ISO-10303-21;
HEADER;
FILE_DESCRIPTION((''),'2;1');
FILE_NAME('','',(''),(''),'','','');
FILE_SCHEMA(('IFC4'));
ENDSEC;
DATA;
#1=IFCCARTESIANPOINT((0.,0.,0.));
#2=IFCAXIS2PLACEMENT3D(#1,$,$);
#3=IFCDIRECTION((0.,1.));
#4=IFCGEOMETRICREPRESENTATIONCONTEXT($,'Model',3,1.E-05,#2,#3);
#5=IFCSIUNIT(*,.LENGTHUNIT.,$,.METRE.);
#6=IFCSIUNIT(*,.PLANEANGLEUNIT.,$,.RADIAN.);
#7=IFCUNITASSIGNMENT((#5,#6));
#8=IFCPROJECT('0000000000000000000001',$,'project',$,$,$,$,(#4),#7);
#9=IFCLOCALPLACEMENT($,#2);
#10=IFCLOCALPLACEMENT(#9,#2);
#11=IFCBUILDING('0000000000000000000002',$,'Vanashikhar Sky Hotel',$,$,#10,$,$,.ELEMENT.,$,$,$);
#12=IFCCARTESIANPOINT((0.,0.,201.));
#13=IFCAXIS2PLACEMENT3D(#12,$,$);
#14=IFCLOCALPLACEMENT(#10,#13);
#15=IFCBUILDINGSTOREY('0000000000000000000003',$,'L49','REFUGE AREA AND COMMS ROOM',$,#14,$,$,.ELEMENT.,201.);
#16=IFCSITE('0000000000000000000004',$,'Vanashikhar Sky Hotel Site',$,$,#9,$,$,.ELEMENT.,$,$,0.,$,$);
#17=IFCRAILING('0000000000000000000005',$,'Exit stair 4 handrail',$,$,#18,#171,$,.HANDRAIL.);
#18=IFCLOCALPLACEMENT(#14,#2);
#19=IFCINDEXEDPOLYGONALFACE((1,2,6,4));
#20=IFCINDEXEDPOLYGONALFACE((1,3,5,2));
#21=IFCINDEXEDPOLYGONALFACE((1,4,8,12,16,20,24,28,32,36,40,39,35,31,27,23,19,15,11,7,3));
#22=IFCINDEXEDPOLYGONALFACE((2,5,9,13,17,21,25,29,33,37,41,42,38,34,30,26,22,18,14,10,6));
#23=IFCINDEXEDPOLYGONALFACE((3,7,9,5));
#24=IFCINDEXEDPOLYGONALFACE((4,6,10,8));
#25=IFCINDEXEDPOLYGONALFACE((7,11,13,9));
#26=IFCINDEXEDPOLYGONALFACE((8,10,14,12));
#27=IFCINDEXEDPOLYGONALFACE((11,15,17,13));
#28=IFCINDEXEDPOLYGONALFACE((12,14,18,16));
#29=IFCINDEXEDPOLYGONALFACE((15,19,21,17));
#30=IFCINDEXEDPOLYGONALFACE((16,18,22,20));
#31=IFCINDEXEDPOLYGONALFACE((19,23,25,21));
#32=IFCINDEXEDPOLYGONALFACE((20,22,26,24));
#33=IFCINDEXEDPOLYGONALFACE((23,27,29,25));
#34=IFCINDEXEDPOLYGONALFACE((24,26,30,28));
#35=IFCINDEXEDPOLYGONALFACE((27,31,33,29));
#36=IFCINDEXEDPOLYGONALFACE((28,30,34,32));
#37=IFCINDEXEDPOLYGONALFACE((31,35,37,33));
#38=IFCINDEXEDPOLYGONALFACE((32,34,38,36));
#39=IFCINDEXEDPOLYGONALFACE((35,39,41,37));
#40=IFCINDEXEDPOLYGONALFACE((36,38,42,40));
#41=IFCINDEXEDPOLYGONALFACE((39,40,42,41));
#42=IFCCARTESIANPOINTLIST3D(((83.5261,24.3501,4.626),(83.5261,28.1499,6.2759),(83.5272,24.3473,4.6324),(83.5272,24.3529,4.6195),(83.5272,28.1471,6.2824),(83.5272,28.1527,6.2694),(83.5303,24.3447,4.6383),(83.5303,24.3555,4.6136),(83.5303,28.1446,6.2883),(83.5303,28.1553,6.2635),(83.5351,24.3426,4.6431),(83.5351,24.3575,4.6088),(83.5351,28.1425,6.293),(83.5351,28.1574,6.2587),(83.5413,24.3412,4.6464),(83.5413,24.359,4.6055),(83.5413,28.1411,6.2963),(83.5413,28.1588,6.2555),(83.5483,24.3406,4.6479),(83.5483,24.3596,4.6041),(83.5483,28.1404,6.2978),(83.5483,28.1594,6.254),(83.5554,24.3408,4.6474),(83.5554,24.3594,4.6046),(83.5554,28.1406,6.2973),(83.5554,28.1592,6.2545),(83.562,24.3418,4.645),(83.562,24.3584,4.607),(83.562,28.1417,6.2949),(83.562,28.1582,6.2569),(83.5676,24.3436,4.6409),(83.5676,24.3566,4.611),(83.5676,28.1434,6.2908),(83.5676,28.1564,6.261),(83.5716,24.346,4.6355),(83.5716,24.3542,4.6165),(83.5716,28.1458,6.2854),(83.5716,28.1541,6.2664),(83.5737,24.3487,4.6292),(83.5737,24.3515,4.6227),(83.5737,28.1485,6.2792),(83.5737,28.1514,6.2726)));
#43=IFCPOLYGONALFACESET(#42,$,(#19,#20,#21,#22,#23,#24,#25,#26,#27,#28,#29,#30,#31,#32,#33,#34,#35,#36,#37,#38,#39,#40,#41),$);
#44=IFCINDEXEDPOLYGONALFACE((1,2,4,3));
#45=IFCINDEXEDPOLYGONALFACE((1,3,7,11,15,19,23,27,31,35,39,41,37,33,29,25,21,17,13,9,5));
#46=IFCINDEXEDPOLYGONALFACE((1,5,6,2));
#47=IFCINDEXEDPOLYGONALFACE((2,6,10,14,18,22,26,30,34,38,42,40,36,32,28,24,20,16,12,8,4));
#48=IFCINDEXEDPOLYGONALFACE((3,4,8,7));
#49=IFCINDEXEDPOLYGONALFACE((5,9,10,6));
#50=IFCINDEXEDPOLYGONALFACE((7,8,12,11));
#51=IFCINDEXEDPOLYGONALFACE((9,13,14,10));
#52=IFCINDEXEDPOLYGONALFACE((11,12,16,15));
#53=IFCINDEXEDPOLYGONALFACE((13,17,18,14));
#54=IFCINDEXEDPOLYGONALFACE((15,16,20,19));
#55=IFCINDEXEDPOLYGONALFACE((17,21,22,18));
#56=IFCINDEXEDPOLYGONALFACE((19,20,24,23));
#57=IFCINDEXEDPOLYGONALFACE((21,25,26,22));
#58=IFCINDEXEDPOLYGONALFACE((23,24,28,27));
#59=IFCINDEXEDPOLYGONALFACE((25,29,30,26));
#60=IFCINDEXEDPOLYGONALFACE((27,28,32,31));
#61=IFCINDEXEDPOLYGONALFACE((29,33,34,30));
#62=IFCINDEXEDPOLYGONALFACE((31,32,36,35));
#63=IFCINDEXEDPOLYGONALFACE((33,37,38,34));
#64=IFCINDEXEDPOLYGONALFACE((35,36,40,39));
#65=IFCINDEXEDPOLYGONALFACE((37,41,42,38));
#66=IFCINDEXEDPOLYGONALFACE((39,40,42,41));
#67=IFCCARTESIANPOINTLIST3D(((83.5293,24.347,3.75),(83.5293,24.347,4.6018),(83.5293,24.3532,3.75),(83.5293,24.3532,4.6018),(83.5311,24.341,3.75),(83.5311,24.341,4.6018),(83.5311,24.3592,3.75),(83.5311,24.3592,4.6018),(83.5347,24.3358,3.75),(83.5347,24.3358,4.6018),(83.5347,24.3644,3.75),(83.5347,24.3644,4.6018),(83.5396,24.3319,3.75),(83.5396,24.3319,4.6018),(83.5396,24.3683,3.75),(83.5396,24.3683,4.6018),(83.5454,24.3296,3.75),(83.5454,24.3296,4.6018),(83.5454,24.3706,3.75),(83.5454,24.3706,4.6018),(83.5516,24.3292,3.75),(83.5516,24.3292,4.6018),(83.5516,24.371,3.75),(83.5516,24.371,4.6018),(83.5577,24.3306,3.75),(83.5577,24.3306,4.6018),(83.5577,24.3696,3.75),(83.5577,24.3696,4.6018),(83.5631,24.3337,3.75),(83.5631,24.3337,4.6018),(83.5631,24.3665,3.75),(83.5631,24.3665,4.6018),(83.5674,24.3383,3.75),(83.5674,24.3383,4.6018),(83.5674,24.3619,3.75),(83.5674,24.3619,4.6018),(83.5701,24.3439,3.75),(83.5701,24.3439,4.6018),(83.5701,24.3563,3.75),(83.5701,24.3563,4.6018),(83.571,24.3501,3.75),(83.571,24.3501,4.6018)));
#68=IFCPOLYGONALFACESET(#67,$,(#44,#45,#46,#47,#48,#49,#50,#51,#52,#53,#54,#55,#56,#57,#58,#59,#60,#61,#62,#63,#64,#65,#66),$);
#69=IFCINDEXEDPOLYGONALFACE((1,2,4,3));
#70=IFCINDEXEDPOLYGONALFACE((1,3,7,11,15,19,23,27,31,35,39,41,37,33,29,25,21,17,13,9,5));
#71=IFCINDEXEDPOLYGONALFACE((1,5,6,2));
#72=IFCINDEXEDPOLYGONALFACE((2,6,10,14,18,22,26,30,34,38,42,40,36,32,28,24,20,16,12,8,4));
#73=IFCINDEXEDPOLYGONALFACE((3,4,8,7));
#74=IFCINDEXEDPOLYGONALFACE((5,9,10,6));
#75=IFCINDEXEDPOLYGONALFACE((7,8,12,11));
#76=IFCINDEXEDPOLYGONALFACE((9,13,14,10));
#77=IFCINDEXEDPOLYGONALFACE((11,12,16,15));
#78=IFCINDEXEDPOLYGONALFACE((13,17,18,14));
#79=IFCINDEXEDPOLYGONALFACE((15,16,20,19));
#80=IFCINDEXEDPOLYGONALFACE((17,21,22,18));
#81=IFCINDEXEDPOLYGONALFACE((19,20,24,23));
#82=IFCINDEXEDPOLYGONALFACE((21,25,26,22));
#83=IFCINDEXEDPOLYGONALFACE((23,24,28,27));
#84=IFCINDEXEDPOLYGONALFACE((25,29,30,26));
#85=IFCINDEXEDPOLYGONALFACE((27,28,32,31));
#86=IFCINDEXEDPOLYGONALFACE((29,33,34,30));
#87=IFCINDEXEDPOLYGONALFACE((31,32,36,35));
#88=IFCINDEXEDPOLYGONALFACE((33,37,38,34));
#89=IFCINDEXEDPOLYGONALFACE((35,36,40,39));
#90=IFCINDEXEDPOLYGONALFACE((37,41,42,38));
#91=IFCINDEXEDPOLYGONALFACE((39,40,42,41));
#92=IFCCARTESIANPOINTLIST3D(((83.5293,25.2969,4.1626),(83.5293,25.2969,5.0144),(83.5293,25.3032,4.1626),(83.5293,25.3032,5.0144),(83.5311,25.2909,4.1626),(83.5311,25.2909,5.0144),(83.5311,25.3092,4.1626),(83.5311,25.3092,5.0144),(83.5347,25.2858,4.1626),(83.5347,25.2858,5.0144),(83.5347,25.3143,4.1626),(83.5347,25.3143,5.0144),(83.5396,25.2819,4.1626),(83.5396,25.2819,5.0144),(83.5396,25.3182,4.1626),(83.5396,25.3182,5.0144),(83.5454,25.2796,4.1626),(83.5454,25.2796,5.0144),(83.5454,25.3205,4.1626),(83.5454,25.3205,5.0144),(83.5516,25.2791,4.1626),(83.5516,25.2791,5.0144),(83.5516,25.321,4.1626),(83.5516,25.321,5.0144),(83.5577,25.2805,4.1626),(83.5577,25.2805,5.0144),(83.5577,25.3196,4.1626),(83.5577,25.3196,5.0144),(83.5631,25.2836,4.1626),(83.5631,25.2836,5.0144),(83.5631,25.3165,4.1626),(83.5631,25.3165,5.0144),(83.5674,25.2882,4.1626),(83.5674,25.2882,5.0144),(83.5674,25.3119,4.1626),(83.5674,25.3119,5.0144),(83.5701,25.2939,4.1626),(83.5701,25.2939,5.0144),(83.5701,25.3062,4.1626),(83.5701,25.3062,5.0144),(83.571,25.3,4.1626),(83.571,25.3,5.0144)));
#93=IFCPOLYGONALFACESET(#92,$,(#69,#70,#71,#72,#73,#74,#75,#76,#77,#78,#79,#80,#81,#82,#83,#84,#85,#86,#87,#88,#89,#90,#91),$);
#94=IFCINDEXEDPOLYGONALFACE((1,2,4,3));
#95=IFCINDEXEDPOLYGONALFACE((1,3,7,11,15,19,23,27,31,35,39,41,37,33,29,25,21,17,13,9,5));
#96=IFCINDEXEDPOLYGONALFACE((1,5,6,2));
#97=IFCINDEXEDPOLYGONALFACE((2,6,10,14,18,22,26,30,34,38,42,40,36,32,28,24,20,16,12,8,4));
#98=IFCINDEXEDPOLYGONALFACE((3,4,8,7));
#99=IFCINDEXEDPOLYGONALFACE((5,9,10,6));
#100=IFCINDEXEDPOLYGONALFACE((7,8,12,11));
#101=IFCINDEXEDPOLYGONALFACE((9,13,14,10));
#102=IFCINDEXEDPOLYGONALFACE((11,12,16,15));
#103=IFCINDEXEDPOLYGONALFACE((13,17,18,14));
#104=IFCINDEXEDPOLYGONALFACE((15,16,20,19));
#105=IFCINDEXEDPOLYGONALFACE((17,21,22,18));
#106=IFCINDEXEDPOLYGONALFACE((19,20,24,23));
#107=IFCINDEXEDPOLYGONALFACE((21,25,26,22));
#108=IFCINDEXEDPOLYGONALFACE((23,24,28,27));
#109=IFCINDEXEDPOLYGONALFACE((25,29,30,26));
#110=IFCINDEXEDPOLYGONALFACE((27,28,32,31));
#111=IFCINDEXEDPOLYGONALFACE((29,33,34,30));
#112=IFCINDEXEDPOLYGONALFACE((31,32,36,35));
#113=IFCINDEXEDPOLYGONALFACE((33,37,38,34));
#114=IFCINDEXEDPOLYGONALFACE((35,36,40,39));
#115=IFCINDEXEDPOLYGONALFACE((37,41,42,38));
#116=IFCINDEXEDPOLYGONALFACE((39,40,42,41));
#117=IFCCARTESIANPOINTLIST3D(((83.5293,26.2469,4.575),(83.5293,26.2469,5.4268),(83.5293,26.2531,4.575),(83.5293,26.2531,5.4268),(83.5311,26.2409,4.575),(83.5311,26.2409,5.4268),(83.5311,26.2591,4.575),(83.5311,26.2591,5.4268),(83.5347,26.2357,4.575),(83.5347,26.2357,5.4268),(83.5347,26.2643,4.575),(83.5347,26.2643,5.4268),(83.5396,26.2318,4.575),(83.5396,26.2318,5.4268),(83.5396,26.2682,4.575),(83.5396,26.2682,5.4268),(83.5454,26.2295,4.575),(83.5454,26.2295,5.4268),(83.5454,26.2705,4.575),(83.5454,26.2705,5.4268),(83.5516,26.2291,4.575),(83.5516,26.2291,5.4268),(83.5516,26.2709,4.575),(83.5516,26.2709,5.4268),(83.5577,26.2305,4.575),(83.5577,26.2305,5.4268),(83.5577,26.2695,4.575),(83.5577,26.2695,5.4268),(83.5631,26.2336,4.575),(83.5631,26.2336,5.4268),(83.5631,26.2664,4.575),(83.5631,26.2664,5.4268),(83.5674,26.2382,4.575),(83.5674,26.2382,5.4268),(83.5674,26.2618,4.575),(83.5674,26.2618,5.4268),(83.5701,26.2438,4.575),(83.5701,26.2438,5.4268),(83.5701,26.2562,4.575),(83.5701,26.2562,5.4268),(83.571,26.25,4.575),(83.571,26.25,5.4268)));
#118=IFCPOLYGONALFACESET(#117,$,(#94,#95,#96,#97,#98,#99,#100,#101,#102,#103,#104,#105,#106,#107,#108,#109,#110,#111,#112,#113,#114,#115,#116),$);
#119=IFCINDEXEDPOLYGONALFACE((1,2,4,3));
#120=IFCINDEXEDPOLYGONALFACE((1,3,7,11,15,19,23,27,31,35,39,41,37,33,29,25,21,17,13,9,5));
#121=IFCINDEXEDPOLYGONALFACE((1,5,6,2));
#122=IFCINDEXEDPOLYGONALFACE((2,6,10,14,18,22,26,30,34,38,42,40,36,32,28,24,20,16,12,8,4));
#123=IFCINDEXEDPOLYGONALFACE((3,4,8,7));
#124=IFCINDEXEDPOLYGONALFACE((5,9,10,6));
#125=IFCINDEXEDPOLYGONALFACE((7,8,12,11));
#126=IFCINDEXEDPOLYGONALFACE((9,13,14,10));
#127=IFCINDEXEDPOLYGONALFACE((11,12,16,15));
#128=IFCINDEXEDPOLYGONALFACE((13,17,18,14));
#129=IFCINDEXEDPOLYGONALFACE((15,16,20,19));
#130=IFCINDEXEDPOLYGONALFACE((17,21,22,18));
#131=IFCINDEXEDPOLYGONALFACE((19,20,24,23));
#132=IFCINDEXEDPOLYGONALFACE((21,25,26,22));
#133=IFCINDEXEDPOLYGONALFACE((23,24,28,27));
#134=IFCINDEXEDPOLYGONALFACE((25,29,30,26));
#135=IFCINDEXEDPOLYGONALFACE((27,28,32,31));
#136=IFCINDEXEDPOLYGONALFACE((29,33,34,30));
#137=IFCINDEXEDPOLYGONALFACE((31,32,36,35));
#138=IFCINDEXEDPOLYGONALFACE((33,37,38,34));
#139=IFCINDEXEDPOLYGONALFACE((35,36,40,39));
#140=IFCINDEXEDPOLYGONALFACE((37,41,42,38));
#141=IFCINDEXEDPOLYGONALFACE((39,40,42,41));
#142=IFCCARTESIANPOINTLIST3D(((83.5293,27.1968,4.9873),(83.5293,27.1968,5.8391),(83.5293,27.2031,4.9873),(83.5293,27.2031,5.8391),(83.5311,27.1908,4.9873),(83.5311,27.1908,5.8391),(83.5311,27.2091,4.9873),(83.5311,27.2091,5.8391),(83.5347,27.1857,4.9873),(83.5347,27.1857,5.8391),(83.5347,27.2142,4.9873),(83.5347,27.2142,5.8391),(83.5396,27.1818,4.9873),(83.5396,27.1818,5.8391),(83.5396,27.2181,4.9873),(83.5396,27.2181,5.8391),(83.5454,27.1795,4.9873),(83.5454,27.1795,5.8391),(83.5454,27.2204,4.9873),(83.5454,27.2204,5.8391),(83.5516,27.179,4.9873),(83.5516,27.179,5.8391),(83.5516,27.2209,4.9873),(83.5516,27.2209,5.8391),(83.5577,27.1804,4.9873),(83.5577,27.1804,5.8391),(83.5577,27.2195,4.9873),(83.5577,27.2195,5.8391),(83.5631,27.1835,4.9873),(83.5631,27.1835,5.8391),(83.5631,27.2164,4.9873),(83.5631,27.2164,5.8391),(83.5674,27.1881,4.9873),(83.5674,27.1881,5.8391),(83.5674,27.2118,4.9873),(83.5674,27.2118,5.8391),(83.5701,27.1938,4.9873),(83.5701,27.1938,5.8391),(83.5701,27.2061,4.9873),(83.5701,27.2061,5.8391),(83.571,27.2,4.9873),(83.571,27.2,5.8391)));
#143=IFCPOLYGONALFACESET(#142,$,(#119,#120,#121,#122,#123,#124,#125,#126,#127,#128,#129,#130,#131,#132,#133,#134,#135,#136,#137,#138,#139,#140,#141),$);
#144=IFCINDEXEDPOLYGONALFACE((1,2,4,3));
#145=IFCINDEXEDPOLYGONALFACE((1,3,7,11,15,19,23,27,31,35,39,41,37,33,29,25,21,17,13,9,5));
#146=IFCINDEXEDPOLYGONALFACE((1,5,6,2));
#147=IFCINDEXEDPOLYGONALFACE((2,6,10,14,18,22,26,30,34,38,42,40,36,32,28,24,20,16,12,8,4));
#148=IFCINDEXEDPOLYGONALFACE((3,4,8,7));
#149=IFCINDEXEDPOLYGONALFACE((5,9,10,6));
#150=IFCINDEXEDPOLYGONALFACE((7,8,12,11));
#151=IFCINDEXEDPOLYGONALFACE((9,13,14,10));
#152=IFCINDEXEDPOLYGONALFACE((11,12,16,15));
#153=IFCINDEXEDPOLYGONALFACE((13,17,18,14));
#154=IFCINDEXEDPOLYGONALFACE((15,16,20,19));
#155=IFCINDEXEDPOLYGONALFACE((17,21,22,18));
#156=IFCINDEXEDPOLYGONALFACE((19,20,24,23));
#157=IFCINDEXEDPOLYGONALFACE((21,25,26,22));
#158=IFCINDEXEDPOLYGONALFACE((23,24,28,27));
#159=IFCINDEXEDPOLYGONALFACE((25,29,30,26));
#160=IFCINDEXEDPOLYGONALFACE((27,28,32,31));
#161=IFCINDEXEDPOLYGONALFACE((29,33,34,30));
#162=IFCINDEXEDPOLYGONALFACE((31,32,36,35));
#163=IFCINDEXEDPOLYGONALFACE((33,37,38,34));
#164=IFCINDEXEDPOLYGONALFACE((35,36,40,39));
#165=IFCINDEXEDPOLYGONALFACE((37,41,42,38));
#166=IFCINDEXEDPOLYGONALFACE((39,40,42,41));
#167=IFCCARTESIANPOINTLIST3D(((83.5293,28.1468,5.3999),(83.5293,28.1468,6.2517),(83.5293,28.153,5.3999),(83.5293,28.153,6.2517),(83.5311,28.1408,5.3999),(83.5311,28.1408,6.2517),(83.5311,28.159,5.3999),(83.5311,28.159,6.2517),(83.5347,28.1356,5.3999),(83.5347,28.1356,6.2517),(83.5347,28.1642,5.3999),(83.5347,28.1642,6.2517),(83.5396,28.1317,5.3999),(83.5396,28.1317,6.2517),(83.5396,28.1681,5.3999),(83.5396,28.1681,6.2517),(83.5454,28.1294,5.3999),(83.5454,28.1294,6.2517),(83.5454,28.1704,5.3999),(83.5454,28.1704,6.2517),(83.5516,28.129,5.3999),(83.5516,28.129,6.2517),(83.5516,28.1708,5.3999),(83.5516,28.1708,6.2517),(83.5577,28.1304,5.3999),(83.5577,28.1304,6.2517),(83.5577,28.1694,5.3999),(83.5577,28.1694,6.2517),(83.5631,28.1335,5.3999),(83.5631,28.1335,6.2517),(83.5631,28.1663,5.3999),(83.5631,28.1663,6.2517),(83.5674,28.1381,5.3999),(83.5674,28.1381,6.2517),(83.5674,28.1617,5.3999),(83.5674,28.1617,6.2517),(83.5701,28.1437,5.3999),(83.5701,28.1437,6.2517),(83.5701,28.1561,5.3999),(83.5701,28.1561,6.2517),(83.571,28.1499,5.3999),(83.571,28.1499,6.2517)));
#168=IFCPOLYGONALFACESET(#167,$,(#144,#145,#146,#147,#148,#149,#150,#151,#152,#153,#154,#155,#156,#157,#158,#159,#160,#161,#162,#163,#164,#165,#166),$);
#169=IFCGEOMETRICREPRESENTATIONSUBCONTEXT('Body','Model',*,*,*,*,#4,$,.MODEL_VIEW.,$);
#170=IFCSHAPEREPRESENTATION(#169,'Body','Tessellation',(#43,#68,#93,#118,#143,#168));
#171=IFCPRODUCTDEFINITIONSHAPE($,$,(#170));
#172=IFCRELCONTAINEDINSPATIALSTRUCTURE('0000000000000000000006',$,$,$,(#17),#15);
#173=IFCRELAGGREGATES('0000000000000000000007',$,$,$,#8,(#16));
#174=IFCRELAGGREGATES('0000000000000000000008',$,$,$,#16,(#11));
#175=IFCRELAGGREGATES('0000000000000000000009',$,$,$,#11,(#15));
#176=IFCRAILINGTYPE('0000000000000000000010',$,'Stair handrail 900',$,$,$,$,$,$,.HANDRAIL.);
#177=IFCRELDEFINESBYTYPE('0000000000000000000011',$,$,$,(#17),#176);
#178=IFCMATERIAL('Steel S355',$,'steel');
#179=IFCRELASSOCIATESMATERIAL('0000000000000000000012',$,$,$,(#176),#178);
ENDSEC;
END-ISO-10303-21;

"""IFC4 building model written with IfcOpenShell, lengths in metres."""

from ifc_helpers import new_model, si_unit, direction, frame, origin, origin_2d, place, context, subcontext, project, spatial, circle, extrude, source, transform, mapped, material, type_object, element, save


model = new_model("IFC4")

# Units and contexts
model_context = context("Model", 3, precision=1e-05, world=origin(), true_north=direction((0.0, 1.0)))
body_context = subcontext(model_context, "Body", "Model", "MODEL_VIEW")
ifc_project = project(units=[si_unit("LENGTHUNIT", "METRE"), si_unit("PLANEANGLEUNIT", "RADIAN")], contexts=[model_context])

# Site, building, storey
site_placement = place(None, origin())
site = spatial("IfcSite", under=ifc_project, at=site_placement, Name="Vanashikhar Sky Hotel Site", CompositionType="ELEMENT", RefElevation=0.0)
building_placement = place(site_placement, origin())
building = spatial("IfcBuilding", under=site, at=building_placement, Name="Vanashikhar Sky Hotel", CompositionType="ELEMENT")
storey_placement = place(building_placement, frame((0.0, 0.0, 201.0)))
storey = spatial("IfcBuildingStorey", under=building, at=storey_placement, Name="L49", Description="REFUGE AREA AND COMMS ROOM", CompositionType="ELEMENT", Elevation=201.0)

# Shared definitions
ifc_material_1 = material(Name="Steel S355", Category="steel")

# Railing
railing_type_1 = type_object("IfcRailingType", Name="Stair handrail 900", PredefinedType="HANDRAIL", material=ifc_material_1)
shared_shape_1 = source(origin(), body_context, "Body", "SweptSolid", [
    extrude(circle(Radius=0.0239, at=origin_2d()), frame((0.0, 0.0, 0.876), z_axis=(0.0, 0.917263, 0.398282), x_axis=(-1.0, 0.0, 0.0)), (0.0, 0.0, 1.0), 4.1426),
    extrude(circle(Radius=0.021, at=origin_2d()), origin(), (0.0, 0.0, 1.0), 0.8518),
    extrude(circle(Radius=0.021, at=origin_2d()), frame((0.0, 0.95, 0.4126)), (0.0, 0.0, 1.0), 0.8518),
    extrude(circle(Radius=0.021, at=origin_2d()), frame((0.0, 1.8999, 0.825)), (0.0, 0.0, 1.0), 0.8518),
    extrude(circle(Radius=0.021, at=origin_2d()), frame((0.0, 2.8499, 1.2373)), (0.0, 0.0, 1.0), 0.8518),
    extrude(circle(Radius=0.021, at=origin_2d()), frame((0.0, 3.7998, 1.6499)), (0.0, 0.0, 1.0), 0.8518),
])
railing_1_placement = place(storey_placement, frame((83.55, 24.3501, 3.75)))
element("IfcRailing", 1, at=railing_1_placement, inside=storey, type_object=railing_type_1, Name="Exit stair 4 handrail", PredefinedType="HANDRAIL", context=body_context, shape_type="MappedRepresentation", body=[
    mapped(shared_shape_1, transform((0.0, 0.0, 0.0), scale=1.0)),
])

save(model, "model.ifc")
